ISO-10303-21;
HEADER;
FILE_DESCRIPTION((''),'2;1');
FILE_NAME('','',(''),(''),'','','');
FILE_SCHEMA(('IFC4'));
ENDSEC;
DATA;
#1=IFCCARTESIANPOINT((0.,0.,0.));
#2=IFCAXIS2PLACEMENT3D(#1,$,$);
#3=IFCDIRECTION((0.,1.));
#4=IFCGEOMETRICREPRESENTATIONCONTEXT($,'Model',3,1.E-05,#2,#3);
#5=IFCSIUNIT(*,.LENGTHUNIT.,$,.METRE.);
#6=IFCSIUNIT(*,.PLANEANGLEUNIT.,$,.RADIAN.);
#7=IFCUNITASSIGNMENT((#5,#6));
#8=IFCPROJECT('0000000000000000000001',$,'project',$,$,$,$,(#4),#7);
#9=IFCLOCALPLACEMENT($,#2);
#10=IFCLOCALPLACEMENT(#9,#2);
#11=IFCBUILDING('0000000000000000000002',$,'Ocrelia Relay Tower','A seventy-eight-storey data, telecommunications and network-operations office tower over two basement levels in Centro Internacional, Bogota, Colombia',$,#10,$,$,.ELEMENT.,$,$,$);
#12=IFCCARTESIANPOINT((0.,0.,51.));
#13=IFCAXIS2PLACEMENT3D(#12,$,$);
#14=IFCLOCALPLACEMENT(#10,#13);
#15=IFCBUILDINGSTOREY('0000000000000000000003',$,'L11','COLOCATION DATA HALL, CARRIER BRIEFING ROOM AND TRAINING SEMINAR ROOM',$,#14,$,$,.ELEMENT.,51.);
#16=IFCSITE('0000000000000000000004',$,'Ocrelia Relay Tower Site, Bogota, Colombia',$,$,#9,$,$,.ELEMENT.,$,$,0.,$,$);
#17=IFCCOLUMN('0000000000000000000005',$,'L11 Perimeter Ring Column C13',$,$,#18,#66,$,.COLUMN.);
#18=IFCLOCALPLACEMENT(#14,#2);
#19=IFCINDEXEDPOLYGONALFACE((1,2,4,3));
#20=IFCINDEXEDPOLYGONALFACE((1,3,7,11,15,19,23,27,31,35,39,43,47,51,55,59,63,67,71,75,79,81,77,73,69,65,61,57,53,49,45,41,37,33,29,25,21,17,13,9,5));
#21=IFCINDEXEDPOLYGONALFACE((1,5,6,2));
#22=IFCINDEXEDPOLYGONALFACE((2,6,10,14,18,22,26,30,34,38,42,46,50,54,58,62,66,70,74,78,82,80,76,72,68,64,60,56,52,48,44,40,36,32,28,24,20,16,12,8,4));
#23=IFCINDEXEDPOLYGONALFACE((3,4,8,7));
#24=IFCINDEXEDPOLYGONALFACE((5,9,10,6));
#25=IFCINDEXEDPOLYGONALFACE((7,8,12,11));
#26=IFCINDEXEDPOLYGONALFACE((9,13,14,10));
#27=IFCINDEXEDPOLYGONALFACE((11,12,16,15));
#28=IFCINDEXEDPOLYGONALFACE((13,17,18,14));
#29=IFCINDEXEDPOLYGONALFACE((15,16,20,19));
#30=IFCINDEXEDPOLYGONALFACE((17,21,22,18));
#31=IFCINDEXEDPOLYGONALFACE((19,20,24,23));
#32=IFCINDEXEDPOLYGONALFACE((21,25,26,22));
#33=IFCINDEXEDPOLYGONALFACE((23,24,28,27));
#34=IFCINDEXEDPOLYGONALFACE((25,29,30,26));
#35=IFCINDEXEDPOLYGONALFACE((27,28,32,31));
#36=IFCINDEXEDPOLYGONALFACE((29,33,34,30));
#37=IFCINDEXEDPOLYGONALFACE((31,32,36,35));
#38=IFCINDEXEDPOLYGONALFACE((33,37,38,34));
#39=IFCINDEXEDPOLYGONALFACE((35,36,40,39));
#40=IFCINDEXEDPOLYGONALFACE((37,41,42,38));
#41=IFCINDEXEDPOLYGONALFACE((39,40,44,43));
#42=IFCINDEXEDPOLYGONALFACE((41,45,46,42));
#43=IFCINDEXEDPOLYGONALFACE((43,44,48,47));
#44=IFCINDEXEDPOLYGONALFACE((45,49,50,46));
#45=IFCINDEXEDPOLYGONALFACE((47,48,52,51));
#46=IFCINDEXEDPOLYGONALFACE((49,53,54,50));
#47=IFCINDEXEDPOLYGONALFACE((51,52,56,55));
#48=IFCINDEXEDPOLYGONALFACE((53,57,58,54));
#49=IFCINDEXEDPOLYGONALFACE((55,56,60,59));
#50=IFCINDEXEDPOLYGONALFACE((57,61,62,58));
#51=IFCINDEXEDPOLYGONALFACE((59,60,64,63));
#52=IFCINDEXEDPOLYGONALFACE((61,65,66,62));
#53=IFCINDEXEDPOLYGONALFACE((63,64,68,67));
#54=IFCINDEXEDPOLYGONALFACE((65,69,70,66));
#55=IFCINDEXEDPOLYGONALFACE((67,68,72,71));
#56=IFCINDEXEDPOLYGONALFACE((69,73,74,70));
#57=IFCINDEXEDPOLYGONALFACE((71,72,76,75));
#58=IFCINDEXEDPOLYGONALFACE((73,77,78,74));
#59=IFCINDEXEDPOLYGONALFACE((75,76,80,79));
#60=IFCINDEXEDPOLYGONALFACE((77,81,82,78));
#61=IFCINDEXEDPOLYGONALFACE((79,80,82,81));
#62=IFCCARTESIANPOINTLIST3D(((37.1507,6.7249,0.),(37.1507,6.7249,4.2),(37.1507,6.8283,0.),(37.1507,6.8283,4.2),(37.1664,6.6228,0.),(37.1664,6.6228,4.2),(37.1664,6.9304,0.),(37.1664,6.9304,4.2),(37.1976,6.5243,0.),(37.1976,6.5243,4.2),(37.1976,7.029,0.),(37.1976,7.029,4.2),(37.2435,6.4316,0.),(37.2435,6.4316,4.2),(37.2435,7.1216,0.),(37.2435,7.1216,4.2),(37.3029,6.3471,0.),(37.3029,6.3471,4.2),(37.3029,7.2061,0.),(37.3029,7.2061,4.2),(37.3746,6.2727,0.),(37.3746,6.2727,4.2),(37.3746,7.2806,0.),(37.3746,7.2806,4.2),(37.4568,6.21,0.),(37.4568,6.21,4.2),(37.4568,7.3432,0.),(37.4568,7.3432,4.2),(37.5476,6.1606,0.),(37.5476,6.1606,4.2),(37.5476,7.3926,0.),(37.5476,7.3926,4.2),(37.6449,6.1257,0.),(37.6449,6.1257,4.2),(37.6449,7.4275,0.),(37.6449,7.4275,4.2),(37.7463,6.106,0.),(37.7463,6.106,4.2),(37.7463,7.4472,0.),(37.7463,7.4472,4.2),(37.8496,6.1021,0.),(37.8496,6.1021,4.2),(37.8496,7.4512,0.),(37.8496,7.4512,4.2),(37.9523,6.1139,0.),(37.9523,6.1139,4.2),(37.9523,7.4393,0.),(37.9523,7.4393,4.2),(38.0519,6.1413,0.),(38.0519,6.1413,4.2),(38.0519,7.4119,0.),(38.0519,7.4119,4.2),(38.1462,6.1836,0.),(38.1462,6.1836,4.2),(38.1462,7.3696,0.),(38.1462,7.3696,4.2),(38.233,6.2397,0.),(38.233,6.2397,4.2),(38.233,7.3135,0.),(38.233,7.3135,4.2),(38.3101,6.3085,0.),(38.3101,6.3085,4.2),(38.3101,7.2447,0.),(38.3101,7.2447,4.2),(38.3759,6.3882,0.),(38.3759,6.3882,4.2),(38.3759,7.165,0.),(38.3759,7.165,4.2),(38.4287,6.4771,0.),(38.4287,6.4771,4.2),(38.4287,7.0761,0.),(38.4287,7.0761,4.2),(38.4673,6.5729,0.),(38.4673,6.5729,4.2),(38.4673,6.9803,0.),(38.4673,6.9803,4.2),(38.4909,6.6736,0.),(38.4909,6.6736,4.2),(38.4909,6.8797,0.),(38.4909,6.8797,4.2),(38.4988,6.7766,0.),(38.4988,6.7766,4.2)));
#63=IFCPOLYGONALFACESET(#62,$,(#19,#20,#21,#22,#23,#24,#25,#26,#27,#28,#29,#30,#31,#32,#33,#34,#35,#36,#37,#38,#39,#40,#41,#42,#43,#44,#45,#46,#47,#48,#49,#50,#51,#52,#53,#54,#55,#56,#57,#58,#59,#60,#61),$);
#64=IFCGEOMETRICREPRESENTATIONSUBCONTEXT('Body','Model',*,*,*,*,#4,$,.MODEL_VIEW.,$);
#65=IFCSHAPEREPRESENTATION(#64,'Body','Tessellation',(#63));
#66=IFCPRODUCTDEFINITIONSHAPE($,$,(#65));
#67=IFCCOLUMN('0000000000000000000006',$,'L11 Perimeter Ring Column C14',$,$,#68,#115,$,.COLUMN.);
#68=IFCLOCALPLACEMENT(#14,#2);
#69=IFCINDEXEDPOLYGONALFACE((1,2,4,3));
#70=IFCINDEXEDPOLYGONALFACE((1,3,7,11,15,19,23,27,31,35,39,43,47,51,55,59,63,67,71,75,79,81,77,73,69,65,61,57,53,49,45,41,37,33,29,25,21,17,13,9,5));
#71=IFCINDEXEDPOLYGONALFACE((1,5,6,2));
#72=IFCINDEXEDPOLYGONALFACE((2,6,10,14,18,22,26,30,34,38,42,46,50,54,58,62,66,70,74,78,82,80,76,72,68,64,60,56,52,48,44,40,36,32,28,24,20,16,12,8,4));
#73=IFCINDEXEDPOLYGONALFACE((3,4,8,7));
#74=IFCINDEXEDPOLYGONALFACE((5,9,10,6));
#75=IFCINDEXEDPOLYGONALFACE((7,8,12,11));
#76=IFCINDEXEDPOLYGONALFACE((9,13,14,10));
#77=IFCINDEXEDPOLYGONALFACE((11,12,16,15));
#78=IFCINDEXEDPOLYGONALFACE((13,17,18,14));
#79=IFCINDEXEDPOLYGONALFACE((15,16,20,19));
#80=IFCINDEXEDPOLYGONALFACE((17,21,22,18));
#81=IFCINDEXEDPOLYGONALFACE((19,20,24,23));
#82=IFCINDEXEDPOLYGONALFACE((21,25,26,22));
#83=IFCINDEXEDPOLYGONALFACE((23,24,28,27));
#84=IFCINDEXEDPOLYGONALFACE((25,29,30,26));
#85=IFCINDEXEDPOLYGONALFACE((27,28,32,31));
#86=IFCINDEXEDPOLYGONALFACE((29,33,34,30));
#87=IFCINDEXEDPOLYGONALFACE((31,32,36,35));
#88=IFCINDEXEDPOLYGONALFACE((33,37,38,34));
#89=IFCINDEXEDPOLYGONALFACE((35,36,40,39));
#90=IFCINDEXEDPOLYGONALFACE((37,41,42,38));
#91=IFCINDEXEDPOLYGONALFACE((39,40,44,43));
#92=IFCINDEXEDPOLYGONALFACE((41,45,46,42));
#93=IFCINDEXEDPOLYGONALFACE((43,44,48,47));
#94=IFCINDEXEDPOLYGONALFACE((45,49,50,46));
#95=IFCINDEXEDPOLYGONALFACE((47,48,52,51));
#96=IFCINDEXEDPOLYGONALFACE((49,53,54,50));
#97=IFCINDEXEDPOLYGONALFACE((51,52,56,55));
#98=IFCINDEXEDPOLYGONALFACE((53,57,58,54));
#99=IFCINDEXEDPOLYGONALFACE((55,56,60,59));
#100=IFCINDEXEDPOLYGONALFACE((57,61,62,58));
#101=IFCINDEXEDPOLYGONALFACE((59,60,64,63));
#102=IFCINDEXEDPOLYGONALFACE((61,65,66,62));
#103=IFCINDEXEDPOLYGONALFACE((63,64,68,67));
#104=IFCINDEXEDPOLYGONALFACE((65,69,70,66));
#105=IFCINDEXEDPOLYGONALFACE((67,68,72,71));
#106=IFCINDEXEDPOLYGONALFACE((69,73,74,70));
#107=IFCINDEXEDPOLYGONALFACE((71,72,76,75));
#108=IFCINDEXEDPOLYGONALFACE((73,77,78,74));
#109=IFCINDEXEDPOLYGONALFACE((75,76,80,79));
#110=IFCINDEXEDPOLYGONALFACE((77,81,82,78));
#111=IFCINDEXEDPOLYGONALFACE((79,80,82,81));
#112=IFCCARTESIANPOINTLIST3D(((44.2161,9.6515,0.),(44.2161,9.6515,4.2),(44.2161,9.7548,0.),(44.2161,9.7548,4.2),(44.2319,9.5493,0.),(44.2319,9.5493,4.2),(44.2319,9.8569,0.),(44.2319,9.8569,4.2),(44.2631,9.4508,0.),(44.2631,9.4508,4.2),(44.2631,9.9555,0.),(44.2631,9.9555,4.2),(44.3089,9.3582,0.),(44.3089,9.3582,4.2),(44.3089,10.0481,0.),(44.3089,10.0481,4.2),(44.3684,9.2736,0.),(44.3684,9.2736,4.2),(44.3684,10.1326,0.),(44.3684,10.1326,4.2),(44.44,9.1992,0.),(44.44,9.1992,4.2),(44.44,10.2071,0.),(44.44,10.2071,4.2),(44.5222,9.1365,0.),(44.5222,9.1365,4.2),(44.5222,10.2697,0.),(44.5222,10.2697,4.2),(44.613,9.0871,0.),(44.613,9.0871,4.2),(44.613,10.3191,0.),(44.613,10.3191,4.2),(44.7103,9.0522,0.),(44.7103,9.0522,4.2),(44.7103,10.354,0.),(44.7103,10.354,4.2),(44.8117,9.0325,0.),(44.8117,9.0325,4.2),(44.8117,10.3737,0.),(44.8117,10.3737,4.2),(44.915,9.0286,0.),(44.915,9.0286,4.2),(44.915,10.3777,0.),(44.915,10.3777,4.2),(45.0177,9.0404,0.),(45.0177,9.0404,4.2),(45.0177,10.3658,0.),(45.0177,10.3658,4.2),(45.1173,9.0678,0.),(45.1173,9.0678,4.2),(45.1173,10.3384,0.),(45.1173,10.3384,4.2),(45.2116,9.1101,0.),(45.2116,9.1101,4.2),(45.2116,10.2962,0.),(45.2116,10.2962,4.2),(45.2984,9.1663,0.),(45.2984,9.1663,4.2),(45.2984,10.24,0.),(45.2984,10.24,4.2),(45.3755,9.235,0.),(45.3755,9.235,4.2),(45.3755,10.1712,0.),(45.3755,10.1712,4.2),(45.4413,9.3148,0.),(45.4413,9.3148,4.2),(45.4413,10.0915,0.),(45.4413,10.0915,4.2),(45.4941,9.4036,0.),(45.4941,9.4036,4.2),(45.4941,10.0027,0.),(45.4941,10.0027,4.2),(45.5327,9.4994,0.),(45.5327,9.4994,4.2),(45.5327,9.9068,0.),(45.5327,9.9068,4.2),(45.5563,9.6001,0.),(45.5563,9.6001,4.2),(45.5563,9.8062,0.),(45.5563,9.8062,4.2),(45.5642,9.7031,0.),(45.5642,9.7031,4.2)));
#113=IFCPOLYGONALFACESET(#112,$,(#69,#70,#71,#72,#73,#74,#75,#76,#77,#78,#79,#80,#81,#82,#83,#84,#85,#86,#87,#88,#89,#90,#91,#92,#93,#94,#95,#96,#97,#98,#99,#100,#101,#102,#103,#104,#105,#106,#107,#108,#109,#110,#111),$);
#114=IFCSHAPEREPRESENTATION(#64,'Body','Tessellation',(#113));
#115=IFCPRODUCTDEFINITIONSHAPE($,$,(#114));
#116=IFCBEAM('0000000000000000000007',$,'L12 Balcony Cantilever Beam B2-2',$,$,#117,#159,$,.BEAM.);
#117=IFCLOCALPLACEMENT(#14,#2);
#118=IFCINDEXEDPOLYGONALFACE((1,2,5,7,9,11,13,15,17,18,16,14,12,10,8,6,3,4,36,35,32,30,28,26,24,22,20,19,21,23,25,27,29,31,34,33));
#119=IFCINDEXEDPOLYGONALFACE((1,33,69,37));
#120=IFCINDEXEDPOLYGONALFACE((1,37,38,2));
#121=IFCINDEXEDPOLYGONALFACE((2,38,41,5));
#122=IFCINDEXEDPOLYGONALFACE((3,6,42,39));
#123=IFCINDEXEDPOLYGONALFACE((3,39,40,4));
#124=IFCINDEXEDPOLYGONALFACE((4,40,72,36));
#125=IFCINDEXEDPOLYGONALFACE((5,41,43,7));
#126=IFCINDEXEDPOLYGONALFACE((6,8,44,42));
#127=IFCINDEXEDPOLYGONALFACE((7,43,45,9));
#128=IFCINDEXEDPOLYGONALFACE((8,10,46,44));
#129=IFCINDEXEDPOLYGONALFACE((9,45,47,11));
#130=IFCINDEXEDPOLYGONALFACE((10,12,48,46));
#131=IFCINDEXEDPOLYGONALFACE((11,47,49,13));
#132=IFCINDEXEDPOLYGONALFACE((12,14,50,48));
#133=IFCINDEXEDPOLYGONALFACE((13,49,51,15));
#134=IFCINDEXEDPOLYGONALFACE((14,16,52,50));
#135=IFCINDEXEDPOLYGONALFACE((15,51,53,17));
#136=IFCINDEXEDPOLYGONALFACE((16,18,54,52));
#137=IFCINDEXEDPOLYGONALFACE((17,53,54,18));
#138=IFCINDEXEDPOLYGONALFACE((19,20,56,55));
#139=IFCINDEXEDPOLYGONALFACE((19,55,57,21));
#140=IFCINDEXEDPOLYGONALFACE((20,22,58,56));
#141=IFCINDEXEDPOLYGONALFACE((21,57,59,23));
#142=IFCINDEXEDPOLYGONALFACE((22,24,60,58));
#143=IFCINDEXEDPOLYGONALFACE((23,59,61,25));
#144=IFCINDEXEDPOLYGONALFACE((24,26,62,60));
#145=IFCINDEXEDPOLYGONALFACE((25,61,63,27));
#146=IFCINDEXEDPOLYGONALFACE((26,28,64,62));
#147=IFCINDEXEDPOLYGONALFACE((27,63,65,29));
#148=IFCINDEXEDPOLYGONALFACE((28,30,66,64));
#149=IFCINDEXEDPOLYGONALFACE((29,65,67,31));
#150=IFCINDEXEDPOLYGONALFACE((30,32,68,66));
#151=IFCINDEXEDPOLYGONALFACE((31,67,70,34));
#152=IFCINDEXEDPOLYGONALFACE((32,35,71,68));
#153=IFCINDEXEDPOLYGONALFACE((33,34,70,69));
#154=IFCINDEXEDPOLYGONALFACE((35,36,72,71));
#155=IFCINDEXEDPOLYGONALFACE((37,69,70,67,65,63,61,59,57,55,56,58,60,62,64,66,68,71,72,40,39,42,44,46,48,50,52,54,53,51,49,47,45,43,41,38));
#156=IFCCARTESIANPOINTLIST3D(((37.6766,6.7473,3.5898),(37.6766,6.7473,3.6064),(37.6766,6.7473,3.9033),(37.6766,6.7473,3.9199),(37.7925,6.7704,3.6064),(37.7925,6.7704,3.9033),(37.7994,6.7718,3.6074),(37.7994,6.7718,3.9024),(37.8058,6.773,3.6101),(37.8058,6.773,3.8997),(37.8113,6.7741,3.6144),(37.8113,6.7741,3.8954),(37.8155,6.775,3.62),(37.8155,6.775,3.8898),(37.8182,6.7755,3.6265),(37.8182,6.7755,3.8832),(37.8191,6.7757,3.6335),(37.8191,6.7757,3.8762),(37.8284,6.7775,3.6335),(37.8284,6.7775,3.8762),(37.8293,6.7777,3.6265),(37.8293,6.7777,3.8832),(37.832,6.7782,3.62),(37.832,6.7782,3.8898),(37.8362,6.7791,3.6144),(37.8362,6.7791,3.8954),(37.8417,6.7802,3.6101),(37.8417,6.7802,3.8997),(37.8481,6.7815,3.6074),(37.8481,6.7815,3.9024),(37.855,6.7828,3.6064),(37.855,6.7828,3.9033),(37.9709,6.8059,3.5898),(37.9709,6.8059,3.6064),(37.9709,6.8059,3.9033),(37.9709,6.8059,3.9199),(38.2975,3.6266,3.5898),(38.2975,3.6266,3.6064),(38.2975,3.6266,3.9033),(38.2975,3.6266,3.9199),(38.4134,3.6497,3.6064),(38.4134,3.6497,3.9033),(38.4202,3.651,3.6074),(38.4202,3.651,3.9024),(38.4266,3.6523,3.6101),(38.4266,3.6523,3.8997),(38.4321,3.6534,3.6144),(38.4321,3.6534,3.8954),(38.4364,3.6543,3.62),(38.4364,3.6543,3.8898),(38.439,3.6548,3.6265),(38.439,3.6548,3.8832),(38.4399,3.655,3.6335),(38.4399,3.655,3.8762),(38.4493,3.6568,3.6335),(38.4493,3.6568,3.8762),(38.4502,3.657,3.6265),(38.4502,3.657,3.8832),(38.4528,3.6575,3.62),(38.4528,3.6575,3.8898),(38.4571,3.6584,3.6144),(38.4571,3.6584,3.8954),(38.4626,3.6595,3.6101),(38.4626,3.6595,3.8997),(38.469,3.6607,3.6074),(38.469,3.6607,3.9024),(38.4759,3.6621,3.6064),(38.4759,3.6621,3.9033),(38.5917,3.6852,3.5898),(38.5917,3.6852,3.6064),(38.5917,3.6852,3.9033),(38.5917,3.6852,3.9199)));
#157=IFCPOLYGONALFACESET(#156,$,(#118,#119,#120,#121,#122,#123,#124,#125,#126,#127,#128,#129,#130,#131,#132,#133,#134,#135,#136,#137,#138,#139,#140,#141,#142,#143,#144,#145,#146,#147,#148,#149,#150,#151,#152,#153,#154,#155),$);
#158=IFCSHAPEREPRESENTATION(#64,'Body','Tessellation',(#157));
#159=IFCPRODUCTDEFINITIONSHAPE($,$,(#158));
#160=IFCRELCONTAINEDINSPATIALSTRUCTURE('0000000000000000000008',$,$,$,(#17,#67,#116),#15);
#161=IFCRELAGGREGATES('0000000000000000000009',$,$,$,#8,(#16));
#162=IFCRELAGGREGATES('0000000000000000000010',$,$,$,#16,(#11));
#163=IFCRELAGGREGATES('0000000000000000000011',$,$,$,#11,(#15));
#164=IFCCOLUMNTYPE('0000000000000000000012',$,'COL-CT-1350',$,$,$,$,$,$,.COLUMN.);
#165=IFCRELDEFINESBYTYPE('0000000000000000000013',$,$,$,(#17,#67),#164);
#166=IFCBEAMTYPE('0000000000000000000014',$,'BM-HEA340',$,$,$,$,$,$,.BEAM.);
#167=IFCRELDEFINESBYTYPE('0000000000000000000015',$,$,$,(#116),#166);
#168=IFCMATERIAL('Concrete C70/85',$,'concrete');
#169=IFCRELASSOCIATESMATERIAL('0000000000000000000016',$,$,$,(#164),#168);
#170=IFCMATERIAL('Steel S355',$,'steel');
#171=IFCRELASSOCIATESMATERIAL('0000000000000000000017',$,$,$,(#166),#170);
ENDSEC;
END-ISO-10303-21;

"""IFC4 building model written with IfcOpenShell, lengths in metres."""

from ifc_helpers import new_model, si_unit, direction, frame, origin, origin_2d, place, context, subcontext, project, spatial, circle, i_section, extrude, material, material_profile, profile_set, type_object, element, save


model = new_model("IFC4")

# Units and contexts
model_context = context("Model", 3, precision=1e-05, world=origin(), true_north=direction((0.0, 1.0)))
body_context = subcontext(model_context, "Body", "Model", "MODEL_VIEW")
ifc_project = project(units=[si_unit("LENGTHUNIT", "METRE"), si_unit("PLANEANGLEUNIT", "RADIAN")], contexts=[model_context])

# Site, building, storey
site_placement = place(None, origin())
site = spatial("IfcSite", under=ifc_project, at=site_placement, Name="Ocrelia Relay Tower Site, Bogota, Colombia", CompositionType="ELEMENT", RefElevation=0.0)
building_placement = place(site_placement, origin())
building = spatial("IfcBuilding", under=site, at=building_placement, Name="Ocrelia Relay Tower", Description="A seventy-eight-storey data, telecommunications and network-operations office tower over two basement levels in Centro Internacional, Bogota, Colombia", CompositionType="ELEMENT")
storey_placement = place(building_placement, frame((0.0, 0.0, 51.0)))
storey = spatial("IfcBuildingStorey", under=building, at=storey_placement, Name="L11", Description="COLOCATION DATA HALL, CARRIER BRIEFING ROOM AND TRAINING SEMINAR ROOM", CompositionType="ELEMENT", Elevation=51.0)

# Columns
ifc_material_1 = material(Name="Concrete C70/85", Category="concrete")
ifc_material_profile_1 = material_profile(ifc_material_1, circle(Radius=0.675, at=origin_2d()), Name="RC-CIR-1350")
ifc_profile_set_1 = profile_set([ifc_material_profile_1], Name="Concrete C70/85")
column_type = type_object("IfcColumnType", Name="COL-CT-1350", PredefinedType="COLUMN", material=ifc_profile_set_1)
for number, where, z_axis, x_axis, name in (
    (1, (37.8237, 6.7766, 0.0), (0.0, 0.0, 1.0), (1.0, 0.0, 0.0), "L11 Perimeter Ring Column C13"),
    (2, (44.8892, 9.7031, 0.0), (0.0, 0.0, 1.0), (1.0, 0.0, 0.0), "L11 Perimeter Ring Column C14"),
):
    element("IfcColumn", number, at=place(storey_placement, frame(where, z_axis=z_axis, x_axis=x_axis)), inside=storey, type_object=column_type, Name=name, PredefinedType="COLUMN", context=body_context, shape_type="SweptSolid", body=[
        extrude(circle(Radius=0.675, at=origin_2d()), origin(), (0.0, 0.0, 1.0), 4.2),
    ])

# Beam
ifc_material_2 = material(Name="Steel S355", Category="steel")
ifc_material_profile_2 = material_profile(ifc_material_2, i_section(OverallWidth=0.3, OverallDepth=0.3301, WebThickness=0.0095, FlangeThickness=0.0166, FilletRadius=0.0271, at=origin_2d()), Name="HEA 340")
ifc_profile_set_2 = profile_set([ifc_material_profile_2], Name="Steel S355")
beam_type_1 = type_object("IfcBeamType", Name="BM-HEA340", PredefinedType="BEAM", material=ifc_profile_set_2)
beam_1_placement = place(storey_placement, frame((37.8237, 6.7766, 3.7549), z_axis=(0.195127, -0.980778, 0.0), x_axis=(0.980778, 0.195127, 0.0)))
element("IfcBeam", 3, at=beam_1_placement, inside=storey, type_object=beam_type_1, Name="L12 Balcony Cantilever Beam B2-2", PredefinedType="BEAM", context=body_context, shape_type="SweptSolid", body=[
    extrude(i_section(OverallWidth=0.3, OverallDepth=0.3301, WebThickness=0.0095, FlangeThickness=0.0166, FilletRadius=0.0271, at=origin_2d()), origin(), (0.0, 0.0, 1.0), 3.1819),
])

save(model, "model.ifc")
